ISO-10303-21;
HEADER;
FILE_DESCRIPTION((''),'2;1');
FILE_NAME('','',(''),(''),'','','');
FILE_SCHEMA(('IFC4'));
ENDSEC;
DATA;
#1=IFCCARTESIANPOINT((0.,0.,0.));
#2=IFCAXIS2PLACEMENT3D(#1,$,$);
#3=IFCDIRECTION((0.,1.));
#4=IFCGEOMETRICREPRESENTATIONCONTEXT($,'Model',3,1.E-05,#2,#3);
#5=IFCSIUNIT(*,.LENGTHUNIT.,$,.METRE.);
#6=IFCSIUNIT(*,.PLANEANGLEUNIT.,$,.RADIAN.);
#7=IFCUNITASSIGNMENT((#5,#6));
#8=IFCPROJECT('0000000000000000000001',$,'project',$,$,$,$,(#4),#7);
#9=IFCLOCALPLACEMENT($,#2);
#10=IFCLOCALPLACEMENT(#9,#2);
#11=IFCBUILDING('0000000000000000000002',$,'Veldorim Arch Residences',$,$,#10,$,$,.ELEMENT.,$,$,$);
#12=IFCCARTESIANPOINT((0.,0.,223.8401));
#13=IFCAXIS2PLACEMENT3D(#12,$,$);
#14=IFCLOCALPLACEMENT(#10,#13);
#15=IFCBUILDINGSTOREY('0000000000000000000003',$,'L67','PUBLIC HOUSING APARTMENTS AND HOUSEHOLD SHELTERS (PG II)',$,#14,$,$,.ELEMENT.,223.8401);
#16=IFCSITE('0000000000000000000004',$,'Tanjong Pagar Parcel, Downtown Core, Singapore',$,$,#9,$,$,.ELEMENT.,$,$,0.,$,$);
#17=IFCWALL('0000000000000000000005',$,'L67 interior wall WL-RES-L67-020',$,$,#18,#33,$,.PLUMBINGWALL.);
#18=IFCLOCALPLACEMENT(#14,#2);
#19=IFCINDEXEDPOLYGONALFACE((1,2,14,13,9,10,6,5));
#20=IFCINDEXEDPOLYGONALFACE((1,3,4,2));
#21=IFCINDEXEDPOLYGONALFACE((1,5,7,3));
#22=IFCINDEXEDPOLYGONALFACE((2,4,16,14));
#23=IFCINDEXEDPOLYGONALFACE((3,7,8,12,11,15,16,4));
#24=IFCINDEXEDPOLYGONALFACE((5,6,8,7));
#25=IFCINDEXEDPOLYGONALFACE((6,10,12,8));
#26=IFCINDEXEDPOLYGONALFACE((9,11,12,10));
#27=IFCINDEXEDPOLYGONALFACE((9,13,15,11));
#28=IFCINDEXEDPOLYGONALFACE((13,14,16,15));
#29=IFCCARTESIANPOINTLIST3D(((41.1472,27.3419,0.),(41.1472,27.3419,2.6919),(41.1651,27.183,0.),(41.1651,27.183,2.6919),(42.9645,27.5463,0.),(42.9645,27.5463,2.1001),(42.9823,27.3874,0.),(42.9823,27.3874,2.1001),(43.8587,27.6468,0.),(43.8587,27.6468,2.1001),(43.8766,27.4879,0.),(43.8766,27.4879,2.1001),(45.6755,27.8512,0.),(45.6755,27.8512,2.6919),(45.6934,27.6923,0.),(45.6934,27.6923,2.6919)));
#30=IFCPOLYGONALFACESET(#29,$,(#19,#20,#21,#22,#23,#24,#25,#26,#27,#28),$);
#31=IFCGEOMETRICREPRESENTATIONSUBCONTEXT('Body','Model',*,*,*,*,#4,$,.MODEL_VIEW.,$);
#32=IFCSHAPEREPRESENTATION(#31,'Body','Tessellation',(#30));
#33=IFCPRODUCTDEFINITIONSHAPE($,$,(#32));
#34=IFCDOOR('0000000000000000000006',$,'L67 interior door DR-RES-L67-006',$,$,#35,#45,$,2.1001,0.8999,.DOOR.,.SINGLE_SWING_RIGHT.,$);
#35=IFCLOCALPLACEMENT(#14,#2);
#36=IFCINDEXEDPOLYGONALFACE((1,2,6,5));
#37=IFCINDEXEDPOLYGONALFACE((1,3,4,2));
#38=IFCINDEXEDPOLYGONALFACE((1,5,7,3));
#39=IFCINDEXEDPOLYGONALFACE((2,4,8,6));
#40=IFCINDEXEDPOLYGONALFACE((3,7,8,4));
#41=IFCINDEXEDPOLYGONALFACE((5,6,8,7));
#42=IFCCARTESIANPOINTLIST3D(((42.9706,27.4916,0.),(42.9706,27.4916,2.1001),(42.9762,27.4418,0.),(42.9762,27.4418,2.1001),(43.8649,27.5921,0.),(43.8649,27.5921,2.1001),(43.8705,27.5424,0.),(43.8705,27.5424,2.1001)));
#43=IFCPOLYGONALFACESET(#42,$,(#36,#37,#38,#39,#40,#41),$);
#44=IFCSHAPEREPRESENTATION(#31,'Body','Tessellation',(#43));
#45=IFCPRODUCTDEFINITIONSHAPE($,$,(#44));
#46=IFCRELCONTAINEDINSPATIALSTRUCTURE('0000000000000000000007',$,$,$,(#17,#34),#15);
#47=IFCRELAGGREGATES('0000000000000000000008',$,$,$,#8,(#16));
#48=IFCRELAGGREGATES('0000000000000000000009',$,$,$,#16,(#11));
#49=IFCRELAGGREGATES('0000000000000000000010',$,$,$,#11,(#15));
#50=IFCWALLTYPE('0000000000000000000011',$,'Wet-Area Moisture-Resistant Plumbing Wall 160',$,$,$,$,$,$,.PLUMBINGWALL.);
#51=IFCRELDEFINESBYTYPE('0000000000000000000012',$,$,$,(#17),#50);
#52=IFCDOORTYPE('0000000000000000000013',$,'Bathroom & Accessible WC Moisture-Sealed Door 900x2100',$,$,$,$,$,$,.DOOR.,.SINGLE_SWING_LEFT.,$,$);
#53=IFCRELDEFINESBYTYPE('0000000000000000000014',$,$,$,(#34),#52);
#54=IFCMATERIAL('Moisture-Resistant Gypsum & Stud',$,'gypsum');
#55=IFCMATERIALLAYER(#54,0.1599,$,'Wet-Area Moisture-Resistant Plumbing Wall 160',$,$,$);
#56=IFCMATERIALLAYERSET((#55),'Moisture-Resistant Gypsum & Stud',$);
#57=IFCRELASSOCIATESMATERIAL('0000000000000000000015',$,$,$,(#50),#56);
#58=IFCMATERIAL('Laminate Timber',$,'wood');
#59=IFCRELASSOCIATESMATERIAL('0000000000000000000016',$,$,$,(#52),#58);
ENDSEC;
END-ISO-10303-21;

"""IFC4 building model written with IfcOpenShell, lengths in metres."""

from ifc_helpers import new_model, si_unit, direction, frame, frame_2d, origin, place, context, subcontext, project, spatial, rectangle, extrude, material, layer, layer_set, type_object, element, fill, save


model = new_model("IFC4")

# Units and contexts
model_context = context("Model", 3, precision=1e-05, world=origin(), true_north=direction((0.0, 1.0)))
body_context = subcontext(model_context, "Body", "Model", "MODEL_VIEW")
ifc_project = project(units=[si_unit("LENGTHUNIT", "METRE"), si_unit("PLANEANGLEUNIT", "RADIAN")], contexts=[model_context])

# Site, building, storey
site_placement = place(None, origin())
site = spatial("IfcSite", under=ifc_project, at=site_placement, Name="Tanjong Pagar Parcel, Downtown Core, Singapore", CompositionType="ELEMENT", RefElevation=0.0)
building_placement = place(site_placement, origin())
building = spatial("IfcBuilding", under=site, at=building_placement, Name="Veldorim Arch Residences", CompositionType="ELEMENT")
storey_placement = place(building_placement, frame((0.0, 0.0, 223.8401)))
storey = spatial("IfcBuildingStorey", under=building, at=storey_placement, Name="L67", Description="PUBLIC HOUSING APARTMENTS AND HOUSEHOLD SHELTERS (PG II)", CompositionType="ELEMENT", Elevation=223.8401)

# Wall, opening, door
ifc_material_1 = material(Name="Moisture-Resistant Gypsum & Stud", Category="gypsum")
ifc_layer_1 = layer(ifc_material_1, 0.1599, Name="Wet-Area Moisture-Resistant Plumbing Wall 160")
ifc_layer_set_1 = layer_set([ifc_layer_1], Name="Moisture-Resistant Gypsum & Stud")
wall_type_1 = type_object("IfcWallType", Name="Wet-Area Moisture-Resistant Plumbing Wall 160", PredefinedType="PLUMBINGWALL", material=ifc_layer_set_1)
wall_1_placement = place(storey_placement, frame((41.1562, 27.2625, 0.0), z_axis=(0.0, 0.0, 1.0), x_axis=(0.993735, 0.11176, 0.0)))
wall_1 = element("IfcWall", 1, at=wall_1_placement, inside=storey, type_object=wall_type_1, Name="L67 interior wall WL-RES-L67-020", PredefinedType="PLUMBINGWALL", context=body_context, shape_type="SweptSolid", body=[
    extrude(rectangle(XDim=4.5569, YDim=0.1599, at=frame_2d((2.2783, 0.0))), origin(), (0.0, 0.0, 1.0), 2.6919),
])
opening_1_placement = place(wall_1_placement, frame((1.8286, 0.0, 0.0)))
opening_1 = element("IfcOpeningElement", 2, at=opening_1_placement, cuts=wall_1, PredefinedType="OPENING", context=body_context, shape_type="SweptSolid", body=[
    extrude(rectangle(XDim=0.8999, YDim=2.1001, at=frame_2d((0.45, 1.05))), frame((0.0, 0.0898, 0.0), z_axis=(0.0, -1.0, 0.0), x_axis=(1.0, 0.0, 0.0)), (0.0, 0.0, 1.0), 0.1799),
])
ifc_material_2 = material(Name="Laminate Timber", Category="wood")
door_type = type_object("IfcDoorType", Name="Bathroom & Accessible WC Moisture-Sealed Door 900x2100", OperationType="SINGLE_SWING_LEFT", PredefinedType="DOOR", material=ifc_material_2)
door_placement = place(opening_1_placement, origin())
door = element("IfcDoor", 3, at=door_placement, inside=storey, type_object=door_type, Name="L67 interior door DR-RES-L67-006", OperationType="SINGLE_SWING_RIGHT", OverallHeight=2.1001, OverallWidth=0.8999, PredefinedType="DOOR", context=body_context, shape_type="SweptSolid", body=[
    extrude(rectangle(XDim=0.8999, YDim=2.1001, at=frame_2d((0.45, 1.05))), frame((0.0, 0.0249, 0.0), z_axis=(0.0, -1.0, 0.0), x_axis=(1.0, 0.0, 0.0)), (0.0, 0.0, 1.0), 0.05),
])
fill(opening_1, door)

save(model, "model.ifc")
